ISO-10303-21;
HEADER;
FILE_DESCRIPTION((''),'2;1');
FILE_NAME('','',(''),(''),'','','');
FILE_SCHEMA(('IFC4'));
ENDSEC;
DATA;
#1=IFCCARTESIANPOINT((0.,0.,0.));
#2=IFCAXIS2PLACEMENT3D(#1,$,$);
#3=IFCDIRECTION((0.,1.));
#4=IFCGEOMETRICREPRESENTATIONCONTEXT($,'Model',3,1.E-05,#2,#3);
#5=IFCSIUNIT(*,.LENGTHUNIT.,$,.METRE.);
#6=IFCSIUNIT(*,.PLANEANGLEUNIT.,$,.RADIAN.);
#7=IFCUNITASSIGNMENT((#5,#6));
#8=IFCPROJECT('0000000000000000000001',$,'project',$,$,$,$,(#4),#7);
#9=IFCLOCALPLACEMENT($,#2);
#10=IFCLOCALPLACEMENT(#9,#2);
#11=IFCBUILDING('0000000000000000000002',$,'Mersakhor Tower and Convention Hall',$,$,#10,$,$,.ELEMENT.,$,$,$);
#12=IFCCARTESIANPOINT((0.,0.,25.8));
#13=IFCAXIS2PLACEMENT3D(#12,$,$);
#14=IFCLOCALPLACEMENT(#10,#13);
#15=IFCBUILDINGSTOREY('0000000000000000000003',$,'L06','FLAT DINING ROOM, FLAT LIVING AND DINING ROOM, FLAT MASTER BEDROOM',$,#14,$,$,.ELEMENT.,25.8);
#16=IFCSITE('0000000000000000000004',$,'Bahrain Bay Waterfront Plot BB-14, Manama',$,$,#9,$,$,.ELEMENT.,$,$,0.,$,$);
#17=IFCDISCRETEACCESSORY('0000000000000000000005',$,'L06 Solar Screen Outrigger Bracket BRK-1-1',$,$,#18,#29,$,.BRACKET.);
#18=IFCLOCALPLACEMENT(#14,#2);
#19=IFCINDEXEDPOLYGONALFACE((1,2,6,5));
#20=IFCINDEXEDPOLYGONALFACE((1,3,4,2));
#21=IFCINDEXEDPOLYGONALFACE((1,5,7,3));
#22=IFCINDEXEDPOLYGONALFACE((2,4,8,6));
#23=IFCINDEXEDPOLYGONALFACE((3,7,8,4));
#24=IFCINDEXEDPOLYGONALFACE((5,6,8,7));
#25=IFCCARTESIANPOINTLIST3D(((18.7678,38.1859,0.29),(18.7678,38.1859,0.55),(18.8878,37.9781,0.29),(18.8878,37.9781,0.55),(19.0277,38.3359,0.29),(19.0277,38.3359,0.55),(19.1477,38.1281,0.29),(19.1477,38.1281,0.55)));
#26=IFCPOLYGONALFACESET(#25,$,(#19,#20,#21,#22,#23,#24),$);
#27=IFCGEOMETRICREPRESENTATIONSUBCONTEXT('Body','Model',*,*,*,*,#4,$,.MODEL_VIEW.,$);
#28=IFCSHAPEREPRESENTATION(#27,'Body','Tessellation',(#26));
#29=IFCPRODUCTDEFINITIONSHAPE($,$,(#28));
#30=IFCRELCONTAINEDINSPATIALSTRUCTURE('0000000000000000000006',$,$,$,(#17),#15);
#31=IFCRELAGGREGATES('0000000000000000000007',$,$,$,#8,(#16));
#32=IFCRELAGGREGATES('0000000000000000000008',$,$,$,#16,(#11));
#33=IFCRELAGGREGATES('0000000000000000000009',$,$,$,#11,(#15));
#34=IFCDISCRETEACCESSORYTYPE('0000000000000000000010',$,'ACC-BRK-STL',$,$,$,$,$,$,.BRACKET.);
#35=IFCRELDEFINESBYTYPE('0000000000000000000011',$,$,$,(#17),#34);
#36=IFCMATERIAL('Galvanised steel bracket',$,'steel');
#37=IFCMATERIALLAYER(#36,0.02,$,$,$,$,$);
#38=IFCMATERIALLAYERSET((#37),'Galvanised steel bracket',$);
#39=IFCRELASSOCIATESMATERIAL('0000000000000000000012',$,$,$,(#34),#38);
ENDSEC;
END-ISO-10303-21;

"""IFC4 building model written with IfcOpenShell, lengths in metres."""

from ifc_helpers import new_model, si_unit, direction, frame, origin, origin_2d, place, context, subcontext, project, spatial, rectangle, extrude, material, layer, layer_set, type_object, element, save


model = new_model("IFC4")

# Units and contexts
model_context = context("Model", 3, precision=1e-05, world=origin(), true_north=direction((0.0, 1.0)))
body_context = subcontext(model_context, "Body", "Model", "MODEL_VIEW")
ifc_project = project(units=[si_unit("LENGTHUNIT", "METRE"), si_unit("PLANEANGLEUNIT", "RADIAN")], contexts=[model_context])

# Site, building, storey
site_placement = place(None, origin())
site = spatial("IfcSite", under=ifc_project, at=site_placement, Name="Bahrain Bay Waterfront Plot BB-14, Manama", CompositionType="ELEMENT", RefElevation=0.0)
building_placement = place(site_placement, origin())
building = spatial("IfcBuilding", under=site, at=building_placement, Name="Mersakhor Tower and Convention Hall", CompositionType="ELEMENT")
storey_placement = place(building_placement, frame((0.0, 0.0, 25.8)))
storey = spatial("IfcBuildingStorey", under=building, at=storey_placement, Name="L06", Description="FLAT DINING ROOM, FLAT LIVING AND DINING ROOM, FLAT MASTER BEDROOM", CompositionType="ELEMENT", Elevation=25.8)

# Discrete accessory
ifc_material_1 = material(Name="Galvanised steel bracket", Category="steel")
ifc_layer_1 = layer(ifc_material_1, 0.02)
ifc_layer_set_1 = layer_set([ifc_layer_1], Name="Galvanised steel bracket")
discrete_accessory_type = type_object("IfcDiscreteAccessoryType", Name="ACC-BRK-STL", PredefinedType="BRACKET", material=ifc_layer_set_1)
discrete_accessory_placement = place(storey_placement, frame((18.9578, 38.157, 0.29), z_axis=(0.0, 0.0, 1.0), x_axis=(0.866025, 0.5, 0.0)))
element("IfcDiscreteAccessory", 1, at=discrete_accessory_placement, inside=storey, type_object=discrete_accessory_type, Name="L06 Solar Screen Outrigger Bracket BRK-1-1", PredefinedType="BRACKET", context=body_context, shape_type="SweptSolid", body=[
    extrude(rectangle(XDim=0.3, YDim=0.24, at=origin_2d()), origin(), (0.0, 0.0, 1.0), 0.26),
])

save(model, "model.ifc")
